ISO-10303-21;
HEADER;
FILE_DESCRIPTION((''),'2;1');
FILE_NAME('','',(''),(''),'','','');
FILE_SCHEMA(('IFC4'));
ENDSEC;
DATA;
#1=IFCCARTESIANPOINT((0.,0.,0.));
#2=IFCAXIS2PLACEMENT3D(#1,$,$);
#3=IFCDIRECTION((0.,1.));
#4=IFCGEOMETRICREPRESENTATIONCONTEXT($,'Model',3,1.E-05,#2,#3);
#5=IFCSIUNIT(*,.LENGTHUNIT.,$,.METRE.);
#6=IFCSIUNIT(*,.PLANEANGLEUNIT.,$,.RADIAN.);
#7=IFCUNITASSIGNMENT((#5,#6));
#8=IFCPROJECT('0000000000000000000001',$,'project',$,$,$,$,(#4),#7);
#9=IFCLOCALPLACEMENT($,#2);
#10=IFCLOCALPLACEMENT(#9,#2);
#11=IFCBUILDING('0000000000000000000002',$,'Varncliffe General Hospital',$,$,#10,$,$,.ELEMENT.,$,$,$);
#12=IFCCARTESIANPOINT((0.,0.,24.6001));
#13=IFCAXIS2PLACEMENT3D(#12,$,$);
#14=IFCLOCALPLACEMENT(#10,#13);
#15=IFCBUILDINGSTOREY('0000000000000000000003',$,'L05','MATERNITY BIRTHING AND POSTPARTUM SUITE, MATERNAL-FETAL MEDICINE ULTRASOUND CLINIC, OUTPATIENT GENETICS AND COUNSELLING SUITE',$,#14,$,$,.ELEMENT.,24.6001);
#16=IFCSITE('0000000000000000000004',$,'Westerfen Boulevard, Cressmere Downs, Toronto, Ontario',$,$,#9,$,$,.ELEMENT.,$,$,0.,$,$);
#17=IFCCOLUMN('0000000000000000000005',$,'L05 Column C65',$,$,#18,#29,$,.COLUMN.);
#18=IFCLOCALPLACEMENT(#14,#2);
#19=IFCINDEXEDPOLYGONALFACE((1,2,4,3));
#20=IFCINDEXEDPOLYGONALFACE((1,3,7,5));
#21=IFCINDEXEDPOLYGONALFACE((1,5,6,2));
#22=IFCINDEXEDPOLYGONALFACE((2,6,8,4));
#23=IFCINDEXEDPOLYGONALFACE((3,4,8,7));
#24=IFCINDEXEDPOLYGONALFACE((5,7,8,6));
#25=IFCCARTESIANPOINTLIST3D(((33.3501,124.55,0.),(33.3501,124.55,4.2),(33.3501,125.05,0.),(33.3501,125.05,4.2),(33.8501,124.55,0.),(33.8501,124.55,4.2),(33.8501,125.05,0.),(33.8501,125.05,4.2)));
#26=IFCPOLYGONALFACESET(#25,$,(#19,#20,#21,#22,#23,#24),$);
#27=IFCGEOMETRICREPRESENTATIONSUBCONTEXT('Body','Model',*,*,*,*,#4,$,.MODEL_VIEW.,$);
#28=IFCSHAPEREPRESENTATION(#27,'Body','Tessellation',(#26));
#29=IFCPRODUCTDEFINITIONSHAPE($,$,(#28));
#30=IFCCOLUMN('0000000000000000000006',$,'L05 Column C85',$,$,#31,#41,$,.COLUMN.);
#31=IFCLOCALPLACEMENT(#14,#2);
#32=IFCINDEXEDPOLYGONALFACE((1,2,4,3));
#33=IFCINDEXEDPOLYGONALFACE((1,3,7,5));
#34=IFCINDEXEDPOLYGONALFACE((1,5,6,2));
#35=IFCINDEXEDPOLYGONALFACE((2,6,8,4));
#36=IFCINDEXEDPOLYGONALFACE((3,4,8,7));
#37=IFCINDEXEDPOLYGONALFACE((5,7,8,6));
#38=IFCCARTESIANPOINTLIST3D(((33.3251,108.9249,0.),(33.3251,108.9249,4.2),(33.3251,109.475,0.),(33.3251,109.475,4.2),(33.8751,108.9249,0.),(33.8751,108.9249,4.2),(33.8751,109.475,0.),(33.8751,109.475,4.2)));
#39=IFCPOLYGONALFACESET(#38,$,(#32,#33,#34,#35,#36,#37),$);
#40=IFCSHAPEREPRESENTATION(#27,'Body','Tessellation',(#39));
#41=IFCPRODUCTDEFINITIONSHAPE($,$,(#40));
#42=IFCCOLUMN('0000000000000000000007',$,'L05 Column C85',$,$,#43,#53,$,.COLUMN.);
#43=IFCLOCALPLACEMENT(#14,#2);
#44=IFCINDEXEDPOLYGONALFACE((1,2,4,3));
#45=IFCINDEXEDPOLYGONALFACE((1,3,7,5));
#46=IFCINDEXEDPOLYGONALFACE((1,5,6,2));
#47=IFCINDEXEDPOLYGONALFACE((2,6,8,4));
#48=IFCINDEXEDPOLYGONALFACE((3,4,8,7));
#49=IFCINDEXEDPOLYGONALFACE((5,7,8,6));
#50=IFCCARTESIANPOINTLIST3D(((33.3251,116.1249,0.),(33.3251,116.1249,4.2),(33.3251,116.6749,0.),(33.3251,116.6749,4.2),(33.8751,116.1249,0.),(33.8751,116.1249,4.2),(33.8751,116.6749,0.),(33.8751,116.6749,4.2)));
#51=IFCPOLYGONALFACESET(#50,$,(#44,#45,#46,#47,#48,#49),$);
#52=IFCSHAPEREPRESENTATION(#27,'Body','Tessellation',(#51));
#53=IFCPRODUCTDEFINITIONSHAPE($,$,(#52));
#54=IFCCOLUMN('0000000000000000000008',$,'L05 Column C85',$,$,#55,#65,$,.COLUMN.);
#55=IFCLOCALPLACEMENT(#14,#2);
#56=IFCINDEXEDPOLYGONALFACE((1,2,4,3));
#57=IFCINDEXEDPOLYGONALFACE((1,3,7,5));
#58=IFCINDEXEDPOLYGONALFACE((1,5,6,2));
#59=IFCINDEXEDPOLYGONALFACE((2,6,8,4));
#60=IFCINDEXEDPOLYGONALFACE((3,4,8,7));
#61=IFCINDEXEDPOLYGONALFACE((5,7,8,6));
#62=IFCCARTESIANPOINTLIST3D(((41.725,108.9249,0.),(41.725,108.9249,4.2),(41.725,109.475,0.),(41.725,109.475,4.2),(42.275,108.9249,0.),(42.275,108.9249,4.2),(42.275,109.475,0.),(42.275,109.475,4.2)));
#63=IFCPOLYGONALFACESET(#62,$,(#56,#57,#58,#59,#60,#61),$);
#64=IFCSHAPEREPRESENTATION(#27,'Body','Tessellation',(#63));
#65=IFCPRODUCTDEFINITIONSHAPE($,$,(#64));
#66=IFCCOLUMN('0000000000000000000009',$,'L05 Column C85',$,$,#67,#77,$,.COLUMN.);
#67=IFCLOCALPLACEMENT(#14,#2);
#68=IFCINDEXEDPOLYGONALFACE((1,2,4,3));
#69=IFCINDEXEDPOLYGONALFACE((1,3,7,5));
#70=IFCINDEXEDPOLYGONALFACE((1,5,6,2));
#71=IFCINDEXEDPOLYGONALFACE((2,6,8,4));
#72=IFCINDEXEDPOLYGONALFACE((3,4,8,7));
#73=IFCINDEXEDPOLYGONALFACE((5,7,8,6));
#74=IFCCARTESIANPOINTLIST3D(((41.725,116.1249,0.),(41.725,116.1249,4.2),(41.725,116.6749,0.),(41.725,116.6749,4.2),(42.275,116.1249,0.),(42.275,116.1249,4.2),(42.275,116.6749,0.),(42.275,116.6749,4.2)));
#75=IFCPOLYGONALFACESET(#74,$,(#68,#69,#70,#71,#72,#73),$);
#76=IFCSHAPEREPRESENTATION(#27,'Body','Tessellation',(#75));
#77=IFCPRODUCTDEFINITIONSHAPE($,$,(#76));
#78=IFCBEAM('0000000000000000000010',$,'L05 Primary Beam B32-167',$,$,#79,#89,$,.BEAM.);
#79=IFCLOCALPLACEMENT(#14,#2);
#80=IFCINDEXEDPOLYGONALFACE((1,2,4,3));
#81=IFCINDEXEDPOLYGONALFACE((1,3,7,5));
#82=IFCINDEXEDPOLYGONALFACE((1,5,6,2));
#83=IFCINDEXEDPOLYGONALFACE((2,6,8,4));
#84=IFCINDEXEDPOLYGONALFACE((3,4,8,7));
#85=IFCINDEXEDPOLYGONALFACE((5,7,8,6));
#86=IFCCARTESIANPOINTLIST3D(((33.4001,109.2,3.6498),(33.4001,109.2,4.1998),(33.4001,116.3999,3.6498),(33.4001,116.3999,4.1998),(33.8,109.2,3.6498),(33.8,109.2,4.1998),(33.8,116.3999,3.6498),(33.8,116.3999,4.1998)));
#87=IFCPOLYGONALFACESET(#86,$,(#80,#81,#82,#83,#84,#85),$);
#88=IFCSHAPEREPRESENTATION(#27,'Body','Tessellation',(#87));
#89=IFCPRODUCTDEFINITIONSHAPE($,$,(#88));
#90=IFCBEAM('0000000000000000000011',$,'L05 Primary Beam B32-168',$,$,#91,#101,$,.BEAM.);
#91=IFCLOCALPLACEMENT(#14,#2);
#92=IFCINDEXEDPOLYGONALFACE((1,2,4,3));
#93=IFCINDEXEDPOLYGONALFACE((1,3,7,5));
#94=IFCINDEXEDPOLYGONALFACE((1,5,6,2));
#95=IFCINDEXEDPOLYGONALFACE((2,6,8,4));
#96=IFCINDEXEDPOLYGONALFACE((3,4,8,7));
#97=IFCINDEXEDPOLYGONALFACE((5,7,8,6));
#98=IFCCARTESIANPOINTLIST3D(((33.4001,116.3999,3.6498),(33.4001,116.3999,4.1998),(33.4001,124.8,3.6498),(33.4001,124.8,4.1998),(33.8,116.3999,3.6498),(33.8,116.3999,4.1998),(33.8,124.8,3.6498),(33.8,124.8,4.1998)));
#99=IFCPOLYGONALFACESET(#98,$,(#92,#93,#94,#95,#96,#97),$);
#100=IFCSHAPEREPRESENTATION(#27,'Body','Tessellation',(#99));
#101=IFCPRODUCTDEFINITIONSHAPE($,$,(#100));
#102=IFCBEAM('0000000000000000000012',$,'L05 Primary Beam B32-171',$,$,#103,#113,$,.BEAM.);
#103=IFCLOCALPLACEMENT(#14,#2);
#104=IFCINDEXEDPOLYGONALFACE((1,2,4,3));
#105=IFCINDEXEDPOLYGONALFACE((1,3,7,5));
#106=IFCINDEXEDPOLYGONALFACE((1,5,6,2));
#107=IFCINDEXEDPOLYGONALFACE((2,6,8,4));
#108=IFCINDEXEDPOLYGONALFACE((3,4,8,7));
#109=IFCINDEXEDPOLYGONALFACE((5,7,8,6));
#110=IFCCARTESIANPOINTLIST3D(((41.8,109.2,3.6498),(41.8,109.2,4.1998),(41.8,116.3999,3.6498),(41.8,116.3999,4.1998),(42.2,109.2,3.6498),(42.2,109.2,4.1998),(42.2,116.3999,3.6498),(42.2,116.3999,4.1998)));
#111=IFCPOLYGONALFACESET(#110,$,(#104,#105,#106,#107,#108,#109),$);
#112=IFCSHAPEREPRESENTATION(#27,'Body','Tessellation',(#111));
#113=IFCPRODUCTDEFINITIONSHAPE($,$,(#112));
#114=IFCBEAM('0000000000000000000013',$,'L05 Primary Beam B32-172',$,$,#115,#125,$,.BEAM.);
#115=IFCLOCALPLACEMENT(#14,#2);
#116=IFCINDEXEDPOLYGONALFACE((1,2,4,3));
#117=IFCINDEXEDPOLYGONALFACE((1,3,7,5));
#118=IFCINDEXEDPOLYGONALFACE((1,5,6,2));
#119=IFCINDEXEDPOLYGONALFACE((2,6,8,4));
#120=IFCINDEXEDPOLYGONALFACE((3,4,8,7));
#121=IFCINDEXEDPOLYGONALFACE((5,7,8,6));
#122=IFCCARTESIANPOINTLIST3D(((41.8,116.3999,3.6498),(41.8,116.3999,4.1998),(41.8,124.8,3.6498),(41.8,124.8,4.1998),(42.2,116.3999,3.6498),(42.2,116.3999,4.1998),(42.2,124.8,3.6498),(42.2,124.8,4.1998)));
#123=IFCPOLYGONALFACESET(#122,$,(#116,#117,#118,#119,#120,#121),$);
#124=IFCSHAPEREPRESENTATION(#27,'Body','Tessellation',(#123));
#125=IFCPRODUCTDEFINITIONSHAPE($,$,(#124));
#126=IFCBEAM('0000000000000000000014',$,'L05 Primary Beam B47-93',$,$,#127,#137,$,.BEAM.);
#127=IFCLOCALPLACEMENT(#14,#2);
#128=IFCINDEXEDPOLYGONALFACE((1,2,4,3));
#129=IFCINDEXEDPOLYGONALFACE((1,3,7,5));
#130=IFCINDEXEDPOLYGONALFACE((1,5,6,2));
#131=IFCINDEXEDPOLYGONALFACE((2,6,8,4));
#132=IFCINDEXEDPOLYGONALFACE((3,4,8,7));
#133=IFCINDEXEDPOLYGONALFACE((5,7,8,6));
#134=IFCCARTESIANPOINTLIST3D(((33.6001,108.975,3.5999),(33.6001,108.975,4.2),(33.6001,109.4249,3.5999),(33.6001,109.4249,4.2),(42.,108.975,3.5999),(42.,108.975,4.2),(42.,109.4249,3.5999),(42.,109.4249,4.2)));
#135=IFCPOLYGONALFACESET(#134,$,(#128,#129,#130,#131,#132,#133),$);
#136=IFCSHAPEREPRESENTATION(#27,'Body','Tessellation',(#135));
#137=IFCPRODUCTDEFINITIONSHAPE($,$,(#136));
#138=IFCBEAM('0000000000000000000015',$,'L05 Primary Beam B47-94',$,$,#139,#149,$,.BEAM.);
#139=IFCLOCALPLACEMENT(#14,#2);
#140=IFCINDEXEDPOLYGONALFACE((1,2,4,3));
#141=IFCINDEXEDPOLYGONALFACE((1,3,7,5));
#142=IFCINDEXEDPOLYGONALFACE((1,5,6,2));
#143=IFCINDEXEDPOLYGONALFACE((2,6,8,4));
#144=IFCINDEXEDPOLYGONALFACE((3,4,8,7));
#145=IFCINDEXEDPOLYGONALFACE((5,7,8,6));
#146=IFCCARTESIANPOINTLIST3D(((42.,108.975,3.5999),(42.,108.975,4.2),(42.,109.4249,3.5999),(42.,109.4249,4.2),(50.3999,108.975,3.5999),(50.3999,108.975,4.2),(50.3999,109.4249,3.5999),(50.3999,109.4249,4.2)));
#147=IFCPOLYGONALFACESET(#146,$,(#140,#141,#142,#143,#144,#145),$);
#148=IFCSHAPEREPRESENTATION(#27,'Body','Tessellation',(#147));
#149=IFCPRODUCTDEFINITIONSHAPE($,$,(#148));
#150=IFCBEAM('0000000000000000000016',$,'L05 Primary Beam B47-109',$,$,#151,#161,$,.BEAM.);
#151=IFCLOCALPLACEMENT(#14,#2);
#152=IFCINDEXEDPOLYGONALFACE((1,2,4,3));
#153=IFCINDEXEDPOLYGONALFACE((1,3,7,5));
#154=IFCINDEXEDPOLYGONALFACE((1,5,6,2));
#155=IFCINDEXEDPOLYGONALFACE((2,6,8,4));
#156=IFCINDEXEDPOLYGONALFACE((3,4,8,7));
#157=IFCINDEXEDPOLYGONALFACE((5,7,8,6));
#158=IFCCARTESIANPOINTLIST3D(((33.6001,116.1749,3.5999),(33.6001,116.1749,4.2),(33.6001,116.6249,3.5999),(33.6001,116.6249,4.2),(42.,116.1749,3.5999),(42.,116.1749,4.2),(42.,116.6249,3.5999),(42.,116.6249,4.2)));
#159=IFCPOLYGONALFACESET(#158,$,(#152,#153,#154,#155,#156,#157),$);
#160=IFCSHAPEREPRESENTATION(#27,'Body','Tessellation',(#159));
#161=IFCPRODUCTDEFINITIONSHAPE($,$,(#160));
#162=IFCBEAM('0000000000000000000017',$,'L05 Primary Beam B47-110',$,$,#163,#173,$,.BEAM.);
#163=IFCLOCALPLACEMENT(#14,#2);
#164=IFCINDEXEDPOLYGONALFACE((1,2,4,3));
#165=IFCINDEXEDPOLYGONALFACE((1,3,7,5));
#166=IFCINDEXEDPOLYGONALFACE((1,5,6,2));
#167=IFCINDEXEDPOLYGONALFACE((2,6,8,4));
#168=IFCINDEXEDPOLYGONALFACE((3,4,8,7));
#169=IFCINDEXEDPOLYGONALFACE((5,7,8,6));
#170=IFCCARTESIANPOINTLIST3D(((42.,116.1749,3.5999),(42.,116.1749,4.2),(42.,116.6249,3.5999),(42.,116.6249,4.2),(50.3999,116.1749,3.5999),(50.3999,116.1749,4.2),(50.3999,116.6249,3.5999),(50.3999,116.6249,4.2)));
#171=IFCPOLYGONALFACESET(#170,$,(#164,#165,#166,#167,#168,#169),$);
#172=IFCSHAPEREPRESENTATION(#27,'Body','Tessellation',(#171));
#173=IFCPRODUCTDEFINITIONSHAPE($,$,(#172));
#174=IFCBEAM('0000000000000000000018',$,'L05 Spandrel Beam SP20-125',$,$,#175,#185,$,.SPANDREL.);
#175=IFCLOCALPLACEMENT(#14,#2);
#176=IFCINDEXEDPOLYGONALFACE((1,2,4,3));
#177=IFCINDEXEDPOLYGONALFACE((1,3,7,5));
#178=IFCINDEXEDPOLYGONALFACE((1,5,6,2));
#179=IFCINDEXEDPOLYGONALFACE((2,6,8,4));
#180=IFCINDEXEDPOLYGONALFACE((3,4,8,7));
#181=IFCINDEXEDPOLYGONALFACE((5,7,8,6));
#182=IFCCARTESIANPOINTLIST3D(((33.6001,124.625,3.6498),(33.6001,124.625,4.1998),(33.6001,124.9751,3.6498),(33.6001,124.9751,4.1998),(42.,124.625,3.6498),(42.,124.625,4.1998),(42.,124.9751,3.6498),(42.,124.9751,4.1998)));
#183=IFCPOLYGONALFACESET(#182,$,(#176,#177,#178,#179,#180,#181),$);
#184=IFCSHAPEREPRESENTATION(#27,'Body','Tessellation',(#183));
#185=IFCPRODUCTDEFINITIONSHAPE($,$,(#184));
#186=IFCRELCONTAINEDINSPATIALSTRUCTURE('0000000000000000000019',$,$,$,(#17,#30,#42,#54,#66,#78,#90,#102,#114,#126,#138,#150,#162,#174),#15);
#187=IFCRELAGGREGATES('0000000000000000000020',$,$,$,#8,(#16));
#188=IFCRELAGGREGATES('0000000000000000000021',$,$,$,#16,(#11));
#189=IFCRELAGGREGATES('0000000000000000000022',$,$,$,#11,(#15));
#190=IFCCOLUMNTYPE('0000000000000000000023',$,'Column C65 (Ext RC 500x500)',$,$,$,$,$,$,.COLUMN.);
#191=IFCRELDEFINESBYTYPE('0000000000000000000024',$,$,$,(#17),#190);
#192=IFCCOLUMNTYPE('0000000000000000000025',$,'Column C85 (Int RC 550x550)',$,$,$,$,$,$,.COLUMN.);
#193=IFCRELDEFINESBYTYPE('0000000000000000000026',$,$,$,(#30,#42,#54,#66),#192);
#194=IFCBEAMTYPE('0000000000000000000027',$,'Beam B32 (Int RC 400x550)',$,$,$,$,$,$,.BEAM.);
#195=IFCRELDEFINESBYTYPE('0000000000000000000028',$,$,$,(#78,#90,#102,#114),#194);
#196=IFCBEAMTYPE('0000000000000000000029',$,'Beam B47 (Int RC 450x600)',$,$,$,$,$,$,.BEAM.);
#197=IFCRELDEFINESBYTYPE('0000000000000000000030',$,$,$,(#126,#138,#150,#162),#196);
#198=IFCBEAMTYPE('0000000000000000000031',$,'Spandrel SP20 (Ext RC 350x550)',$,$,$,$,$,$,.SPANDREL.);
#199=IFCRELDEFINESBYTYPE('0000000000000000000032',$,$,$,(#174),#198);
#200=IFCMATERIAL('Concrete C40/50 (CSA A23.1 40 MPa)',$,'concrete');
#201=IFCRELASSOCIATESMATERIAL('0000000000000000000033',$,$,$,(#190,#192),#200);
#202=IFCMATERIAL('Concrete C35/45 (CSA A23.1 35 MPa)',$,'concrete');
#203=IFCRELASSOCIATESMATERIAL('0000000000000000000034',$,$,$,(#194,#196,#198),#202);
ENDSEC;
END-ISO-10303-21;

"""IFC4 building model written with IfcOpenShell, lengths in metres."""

from ifc_helpers import new_model, si_unit, direction, frame, origin, origin_2d, place, context, subcontext, project, spatial, rectangle, extrude, material, material_profile, profile_set, type_object, element, save


model = new_model("IFC4")

# Units and contexts
model_context = context("Model", 3, precision=1e-05, world=origin(), true_north=direction((0.0, 1.0)))
body_context = subcontext(model_context, "Body", "Model", "MODEL_VIEW")
ifc_project = project(units=[si_unit("LENGTHUNIT", "METRE"), si_unit("PLANEANGLEUNIT", "RADIAN")], contexts=[model_context])

# Site, building, storey
site_placement = place(None, origin())
site = spatial("IfcSite", under=ifc_project, at=site_placement, Name="Westerfen Boulevard, Cressmere Downs, Toronto, Ontario", CompositionType="ELEMENT", RefElevation=0.0)
building_placement = place(site_placement, origin())
building = spatial("IfcBuilding", under=site, at=building_placement, Name="Varncliffe General Hospital", CompositionType="ELEMENT")
storey_placement = place(building_placement, frame((0.0, 0.0, 24.6001)))
storey = spatial("IfcBuildingStorey", under=building, at=storey_placement, Name="L05", Description="MATERNITY BIRTHING AND POSTPARTUM SUITE, MATERNAL-FETAL MEDICINE ULTRASOUND CLINIC, OUTPATIENT GENETICS AND COUNSELLING SUITE", CompositionType="ELEMENT", Elevation=24.6001)

# Columns
ifc_material_1 = material(Name="Concrete C40/50 (CSA A23.1 40 MPa)", Category="concrete")
ifc_material_profile_1 = material_profile(ifc_material_1, rectangle(XDim=0.5, YDim=0.5, at=origin_2d()), Name="RC 500x500")
ifc_profile_set_1 = profile_set([ifc_material_profile_1], Name="Concrete C40/50 (CSA A23.1 40 MPa)")
column_type_1 = type_object("IfcColumnType", Name="Column C65 (Ext RC 500x500)", PredefinedType="COLUMN", material=ifc_profile_set_1)
column_placement = place(storey_placement, frame((33.6001, 124.8, 0.0), z_axis=(0.0, 0.0, 1.0), x_axis=(1.0, 0.0, 0.0)))
element("IfcColumn", 1, at=column_placement, inside=storey, type_object=column_type_1, Name="L05 Column C65", PredefinedType="COLUMN", context=body_context, shape_type="SweptSolid", body=[
    extrude(rectangle(XDim=0.5, YDim=0.5, at=origin_2d()), origin(), (0.0, 0.0, 1.0), 4.2),
])
ifc_material_profile_2 = material_profile(ifc_material_1, rectangle(XDim=0.55, YDim=0.55, at=origin_2d()), Name="RC 550x550")
ifc_profile_set_2 = profile_set([ifc_material_profile_2], Name="Concrete C40/50 (CSA A23.1 40 MPa)")
column_type_2 = type_object("IfcColumnType", Name="Column C85 (Int RC 550x550)", PredefinedType="COLUMN", material=ifc_profile_set_2)
for number, where, z_axis, x_axis, name in (
    (2, (33.6001, 109.2, 0.0), (0.0, 0.0, 1.0), (1.0, 0.0, 0.0), "L05 Column C85"),
    (3, (33.6001, 116.3999, 0.0), (0.0, 0.0, 1.0), (1.0, 0.0, 0.0), "L05 Column C85"),
    (4, (42.0, 109.2, 0.0), (0.0, 0.0, 1.0), (1.0, 0.0, 0.0), "L05 Column C85"),
    (5, (42.0, 116.3999, 0.0), (0.0, 0.0, 1.0), (1.0, 0.0, 0.0), "L05 Column C85"),
):
    element("IfcColumn", number, at=place(storey_placement, frame(where, z_axis=z_axis, x_axis=x_axis)), inside=storey, type_object=column_type_2, Name=name, PredefinedType="COLUMN", context=body_context, shape_type="SweptSolid", body=[
        extrude(rectangle(XDim=0.55, YDim=0.55, at=origin_2d()), origin(), (0.0, 0.0, 1.0), 4.2),
    ])

# Beams
ifc_material_2 = material(Name="Concrete C35/45 (CSA A23.1 35 MPa)", Category="concrete")
ifc_material_profile_3 = material_profile(ifc_material_2, rectangle(XDim=0.3999, YDim=0.55, at=origin_2d()), Name="RC 400x550")
ifc_profile_set_3 = profile_set([ifc_material_profile_3], Name="Concrete C35/45 (CSA A23.1 35 MPa)")
beam_type_1 = type_object("IfcBeamType", Name="Beam B32 (Int RC 400x550)", PredefinedType="BEAM", material=ifc_profile_set_3)
beam_1_placement = place(storey_placement, frame((33.6001, 109.2, 3.9248), z_axis=(0.0, 1.0, 0.0), x_axis=(-1.0, 0.0, 0.0)))
element("IfcBeam", 6, at=beam_1_placement, inside=storey, type_object=beam_type_1, Name="L05 Primary Beam B32-167", PredefinedType="BEAM", context=body_context, shape_type="SweptSolid", body=[
    extrude(rectangle(XDim=0.3999, YDim=0.55, at=origin_2d()), origin(), (0.0, 0.0, 1.0), 7.2),
])
beam_2_placement = place(storey_placement, frame((33.6001, 116.3999, 3.9248), z_axis=(0.0, 1.0, 0.0), x_axis=(-1.0, 0.0, 0.0)))
element("IfcBeam", 7, at=beam_2_placement, inside=storey, type_object=beam_type_1, Name="L05 Primary Beam B32-168", PredefinedType="BEAM", context=body_context, shape_type="SweptSolid", body=[
    extrude(rectangle(XDim=0.3999, YDim=0.55, at=origin_2d()), origin(), (0.0, 0.0, 1.0), 8.4001),
])
beam_3_placement = place(storey_placement, frame((42.0, 109.2, 3.9248), z_axis=(0.0, 1.0, 0.0), x_axis=(-1.0, 0.0, 0.0)))
element("IfcBeam", 8, at=beam_3_placement, inside=storey, type_object=beam_type_1, Name="L05 Primary Beam B32-171", PredefinedType="BEAM", context=body_context, shape_type="SweptSolid", body=[
    extrude(rectangle(XDim=0.3999, YDim=0.55, at=origin_2d()), origin(), (0.0, 0.0, 1.0), 7.2),
])
beam_4_placement = place(storey_placement, frame((42.0, 116.3999, 3.9248), z_axis=(0.0, 1.0, 0.0), x_axis=(-1.0, 0.0, 0.0)))
element("IfcBeam", 9, at=beam_4_placement, inside=storey, type_object=beam_type_1, Name="L05 Primary Beam B32-172", PredefinedType="BEAM", context=body_context, shape_type="SweptSolid", body=[
    extrude(rectangle(XDim=0.3999, YDim=0.55, at=origin_2d()), origin(), (0.0, 0.0, 1.0), 8.4001),
])
ifc_material_profile_4 = material_profile(ifc_material_2, rectangle(XDim=0.45, YDim=0.6001, at=origin_2d()), Name="RC 450x600")
ifc_profile_set_4 = profile_set([ifc_material_profile_4], Name="Concrete C35/45 (CSA A23.1 35 MPa)")
beam_type_2 = type_object("IfcBeamType", Name="Beam B47 (Int RC 450x600)", PredefinedType="BEAM", material=ifc_profile_set_4)
for number, where, z_axis, x_axis, name in (
    (10, (33.6001, 109.2, 3.8999), (1.0, 0.0, 0.0), (0.0, 1.0, 0.0), "L05 Primary Beam B47-93"),
    (11, (42.0, 109.2, 3.8999), (1.0, 0.0, 0.0), (0.0, 1.0, 0.0), "L05 Primary Beam B47-94"),
    (12, (33.6001, 116.3999, 3.8999), (1.0, 0.0, 0.0), (0.0, 1.0, 0.0), "L05 Primary Beam B47-109"),
    (13, (42.0, 116.3999, 3.8999), (1.0, 0.0, 0.0), (0.0, 1.0, 0.0), "L05 Primary Beam B47-110"),
):
    element("IfcBeam", number, at=place(storey_placement, frame(where, z_axis=z_axis, x_axis=x_axis)), inside=storey, type_object=beam_type_2, Name=name, PredefinedType="BEAM", context=body_context, shape_type="SweptSolid", body=[
        extrude(rectangle(XDim=0.45, YDim=0.6001, at=origin_2d()), origin(), (0.0, 0.0, 1.0), 8.3999),
    ])
ifc_material_profile_5 = material_profile(ifc_material_2, rectangle(XDim=0.3501, YDim=0.55, at=origin_2d()), Name="RC 350x550")
ifc_profile_set_5 = profile_set([ifc_material_profile_5], Name="Concrete C35/45 (CSA A23.1 35 MPa)")
beam_type_3 = type_object("IfcBeamType", Name="Spandrel SP20 (Ext RC 350x550)", PredefinedType="SPANDREL", material=ifc_profile_set_5)
beam_5_placement = place(storey_placement, frame((33.6001, 124.8, 3.9248), z_axis=(1.0, 0.0, 0.0), x_axis=(0.0, 1.0, 0.0)))
element("IfcBeam", 14, at=beam_5_placement, inside=storey, type_object=beam_type_3, Name="L05 Spandrel Beam SP20-125", PredefinedType="SPANDREL", context=body_context, shape_type="SweptSolid", body=[
    extrude(rectangle(XDim=0.3501, YDim=0.55, at=origin_2d()), origin(), (0.0, 0.0, 1.0), 8.3999),
])

save(model, "model.ifc")
